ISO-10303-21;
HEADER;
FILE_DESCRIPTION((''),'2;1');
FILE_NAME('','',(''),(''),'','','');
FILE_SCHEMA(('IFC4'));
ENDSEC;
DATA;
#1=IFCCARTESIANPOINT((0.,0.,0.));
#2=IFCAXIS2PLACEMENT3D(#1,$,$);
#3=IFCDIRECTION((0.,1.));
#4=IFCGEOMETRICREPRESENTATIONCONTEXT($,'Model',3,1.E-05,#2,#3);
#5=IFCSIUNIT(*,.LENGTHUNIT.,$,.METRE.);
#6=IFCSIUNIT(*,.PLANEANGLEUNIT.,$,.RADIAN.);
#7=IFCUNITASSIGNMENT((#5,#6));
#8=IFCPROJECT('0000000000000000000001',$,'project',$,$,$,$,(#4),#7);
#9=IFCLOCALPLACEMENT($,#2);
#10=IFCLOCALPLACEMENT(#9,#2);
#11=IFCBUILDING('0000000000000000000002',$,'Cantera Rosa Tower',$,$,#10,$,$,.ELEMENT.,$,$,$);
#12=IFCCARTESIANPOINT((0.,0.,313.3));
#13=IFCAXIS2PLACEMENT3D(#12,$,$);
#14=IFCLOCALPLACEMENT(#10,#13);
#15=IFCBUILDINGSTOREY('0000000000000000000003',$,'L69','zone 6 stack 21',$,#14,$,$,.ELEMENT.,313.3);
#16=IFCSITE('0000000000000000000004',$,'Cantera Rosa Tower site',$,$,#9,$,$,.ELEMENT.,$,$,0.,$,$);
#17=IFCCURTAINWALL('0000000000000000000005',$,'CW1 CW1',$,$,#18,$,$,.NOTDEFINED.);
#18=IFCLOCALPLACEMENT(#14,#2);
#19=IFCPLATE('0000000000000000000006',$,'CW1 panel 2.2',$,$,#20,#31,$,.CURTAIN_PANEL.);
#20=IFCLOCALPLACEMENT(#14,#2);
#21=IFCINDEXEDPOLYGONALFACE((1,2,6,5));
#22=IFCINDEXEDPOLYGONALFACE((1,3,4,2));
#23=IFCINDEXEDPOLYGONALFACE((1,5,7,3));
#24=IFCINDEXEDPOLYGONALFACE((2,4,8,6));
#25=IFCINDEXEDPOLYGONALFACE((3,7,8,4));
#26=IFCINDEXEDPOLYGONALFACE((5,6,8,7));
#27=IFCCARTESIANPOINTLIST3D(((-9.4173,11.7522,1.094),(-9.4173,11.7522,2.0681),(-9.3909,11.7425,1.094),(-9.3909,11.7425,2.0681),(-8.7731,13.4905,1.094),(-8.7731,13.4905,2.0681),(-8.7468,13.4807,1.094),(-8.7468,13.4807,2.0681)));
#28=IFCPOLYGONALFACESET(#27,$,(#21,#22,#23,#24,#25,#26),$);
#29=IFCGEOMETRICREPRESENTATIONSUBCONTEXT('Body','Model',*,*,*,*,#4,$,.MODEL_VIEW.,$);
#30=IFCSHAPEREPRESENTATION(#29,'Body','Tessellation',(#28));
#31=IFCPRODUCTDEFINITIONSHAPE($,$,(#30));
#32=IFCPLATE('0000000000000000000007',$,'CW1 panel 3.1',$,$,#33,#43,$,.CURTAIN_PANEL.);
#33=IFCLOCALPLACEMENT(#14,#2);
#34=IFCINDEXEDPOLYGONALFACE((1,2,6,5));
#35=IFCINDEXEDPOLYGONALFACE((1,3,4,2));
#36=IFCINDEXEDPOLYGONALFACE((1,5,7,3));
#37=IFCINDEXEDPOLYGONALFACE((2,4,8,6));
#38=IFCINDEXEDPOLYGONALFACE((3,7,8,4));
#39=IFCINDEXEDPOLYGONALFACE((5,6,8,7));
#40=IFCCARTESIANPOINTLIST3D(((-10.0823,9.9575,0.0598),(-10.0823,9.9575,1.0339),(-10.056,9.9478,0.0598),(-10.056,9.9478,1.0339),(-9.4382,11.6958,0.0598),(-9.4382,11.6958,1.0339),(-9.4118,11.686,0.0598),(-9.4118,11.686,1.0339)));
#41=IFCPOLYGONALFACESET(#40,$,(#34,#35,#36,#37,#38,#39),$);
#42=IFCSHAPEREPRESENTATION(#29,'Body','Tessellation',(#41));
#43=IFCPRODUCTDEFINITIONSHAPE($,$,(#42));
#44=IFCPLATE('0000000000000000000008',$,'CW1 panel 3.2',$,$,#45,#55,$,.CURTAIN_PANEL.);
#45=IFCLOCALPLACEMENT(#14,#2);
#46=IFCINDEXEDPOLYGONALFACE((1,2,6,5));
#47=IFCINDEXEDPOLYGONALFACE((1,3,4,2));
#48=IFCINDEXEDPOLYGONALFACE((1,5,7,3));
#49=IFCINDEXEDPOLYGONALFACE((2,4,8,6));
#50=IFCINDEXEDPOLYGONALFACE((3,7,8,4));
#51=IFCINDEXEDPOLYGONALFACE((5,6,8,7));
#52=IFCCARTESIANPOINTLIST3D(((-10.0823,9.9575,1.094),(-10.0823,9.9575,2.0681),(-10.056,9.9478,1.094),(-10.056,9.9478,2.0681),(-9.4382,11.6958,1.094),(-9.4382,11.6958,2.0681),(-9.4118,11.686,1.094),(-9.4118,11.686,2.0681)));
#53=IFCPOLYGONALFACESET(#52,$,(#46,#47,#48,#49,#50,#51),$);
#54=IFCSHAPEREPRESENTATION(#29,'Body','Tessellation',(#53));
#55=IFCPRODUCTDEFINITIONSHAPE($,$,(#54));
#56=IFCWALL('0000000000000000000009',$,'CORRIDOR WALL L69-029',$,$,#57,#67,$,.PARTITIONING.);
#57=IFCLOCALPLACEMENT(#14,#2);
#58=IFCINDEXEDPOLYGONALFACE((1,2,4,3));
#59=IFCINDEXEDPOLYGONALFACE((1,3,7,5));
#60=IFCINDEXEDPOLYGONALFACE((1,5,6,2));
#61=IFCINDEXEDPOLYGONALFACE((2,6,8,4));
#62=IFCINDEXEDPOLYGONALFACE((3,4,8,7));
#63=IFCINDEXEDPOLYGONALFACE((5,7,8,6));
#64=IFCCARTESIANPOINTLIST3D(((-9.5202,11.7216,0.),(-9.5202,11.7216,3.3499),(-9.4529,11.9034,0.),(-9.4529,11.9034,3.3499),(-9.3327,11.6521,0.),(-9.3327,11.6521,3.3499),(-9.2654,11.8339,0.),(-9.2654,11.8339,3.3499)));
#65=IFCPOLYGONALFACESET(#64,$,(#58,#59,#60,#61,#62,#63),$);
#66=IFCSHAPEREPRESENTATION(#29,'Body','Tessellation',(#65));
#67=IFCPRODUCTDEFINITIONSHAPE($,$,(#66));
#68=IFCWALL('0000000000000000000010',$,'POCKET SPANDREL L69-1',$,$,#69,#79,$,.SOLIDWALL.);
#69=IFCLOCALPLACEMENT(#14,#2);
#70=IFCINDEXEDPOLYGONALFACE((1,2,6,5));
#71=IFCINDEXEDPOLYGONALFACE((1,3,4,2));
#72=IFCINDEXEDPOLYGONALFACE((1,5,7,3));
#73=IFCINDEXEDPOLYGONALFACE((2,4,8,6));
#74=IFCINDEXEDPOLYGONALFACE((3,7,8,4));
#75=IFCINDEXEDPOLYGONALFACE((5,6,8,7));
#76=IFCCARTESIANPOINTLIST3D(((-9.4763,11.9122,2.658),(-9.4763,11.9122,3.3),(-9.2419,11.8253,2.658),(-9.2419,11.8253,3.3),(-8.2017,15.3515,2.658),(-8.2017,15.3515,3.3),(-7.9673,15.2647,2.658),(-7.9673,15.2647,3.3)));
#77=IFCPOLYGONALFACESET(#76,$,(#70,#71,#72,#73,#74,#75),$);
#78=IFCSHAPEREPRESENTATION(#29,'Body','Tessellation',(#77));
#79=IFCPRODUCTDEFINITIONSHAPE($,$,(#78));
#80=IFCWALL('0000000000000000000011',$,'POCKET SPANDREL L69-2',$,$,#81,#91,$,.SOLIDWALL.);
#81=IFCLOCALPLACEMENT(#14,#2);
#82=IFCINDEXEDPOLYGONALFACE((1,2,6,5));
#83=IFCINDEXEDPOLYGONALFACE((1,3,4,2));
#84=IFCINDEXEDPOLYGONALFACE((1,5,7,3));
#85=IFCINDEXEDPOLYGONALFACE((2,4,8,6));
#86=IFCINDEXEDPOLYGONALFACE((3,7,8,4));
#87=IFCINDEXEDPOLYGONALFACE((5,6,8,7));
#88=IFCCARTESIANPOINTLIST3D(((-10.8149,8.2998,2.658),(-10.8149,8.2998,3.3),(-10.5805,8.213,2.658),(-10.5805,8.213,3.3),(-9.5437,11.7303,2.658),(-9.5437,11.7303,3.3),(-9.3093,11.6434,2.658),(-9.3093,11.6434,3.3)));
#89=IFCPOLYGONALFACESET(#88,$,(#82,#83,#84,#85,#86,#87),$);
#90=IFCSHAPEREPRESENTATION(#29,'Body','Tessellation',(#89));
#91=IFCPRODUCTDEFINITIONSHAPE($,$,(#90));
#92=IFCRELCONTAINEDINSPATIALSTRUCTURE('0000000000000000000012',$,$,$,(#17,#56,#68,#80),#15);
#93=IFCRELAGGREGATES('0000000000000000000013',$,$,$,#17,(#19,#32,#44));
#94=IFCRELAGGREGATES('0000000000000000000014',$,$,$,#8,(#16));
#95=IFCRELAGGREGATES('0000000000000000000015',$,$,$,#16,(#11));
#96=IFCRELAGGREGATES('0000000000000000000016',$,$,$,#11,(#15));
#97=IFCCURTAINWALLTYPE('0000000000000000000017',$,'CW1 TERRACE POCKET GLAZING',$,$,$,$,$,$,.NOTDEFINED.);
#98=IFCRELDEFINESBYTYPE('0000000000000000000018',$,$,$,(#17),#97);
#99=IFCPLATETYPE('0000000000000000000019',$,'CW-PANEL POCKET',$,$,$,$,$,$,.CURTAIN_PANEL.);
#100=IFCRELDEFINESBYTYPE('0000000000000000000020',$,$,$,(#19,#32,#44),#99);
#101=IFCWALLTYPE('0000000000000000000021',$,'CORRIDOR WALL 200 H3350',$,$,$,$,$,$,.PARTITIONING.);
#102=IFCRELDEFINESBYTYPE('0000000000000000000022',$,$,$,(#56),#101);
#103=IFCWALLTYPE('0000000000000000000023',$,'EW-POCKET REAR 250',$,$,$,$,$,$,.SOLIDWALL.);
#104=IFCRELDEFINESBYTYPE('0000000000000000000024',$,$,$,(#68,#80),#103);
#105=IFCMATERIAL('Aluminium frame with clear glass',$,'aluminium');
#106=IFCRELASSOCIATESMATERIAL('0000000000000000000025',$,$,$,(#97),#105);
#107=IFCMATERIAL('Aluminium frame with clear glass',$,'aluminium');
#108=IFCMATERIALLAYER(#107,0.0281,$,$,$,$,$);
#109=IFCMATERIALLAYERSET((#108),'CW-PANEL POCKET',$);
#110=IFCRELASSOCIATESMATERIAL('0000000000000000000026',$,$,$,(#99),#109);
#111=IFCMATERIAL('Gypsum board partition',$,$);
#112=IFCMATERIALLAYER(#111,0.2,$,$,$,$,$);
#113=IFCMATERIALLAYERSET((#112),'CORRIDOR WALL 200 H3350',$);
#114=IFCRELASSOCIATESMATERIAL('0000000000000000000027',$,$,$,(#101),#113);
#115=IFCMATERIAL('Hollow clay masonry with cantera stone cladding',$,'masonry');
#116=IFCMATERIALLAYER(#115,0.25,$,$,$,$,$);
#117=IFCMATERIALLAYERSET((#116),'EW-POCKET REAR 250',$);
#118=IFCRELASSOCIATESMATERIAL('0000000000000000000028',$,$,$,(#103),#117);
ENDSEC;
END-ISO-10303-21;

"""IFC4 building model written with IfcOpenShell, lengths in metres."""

from ifc_helpers import new_model, si_unit, direction, frame, frame_2d, origin, origin_2d, place, context, subcontext, project, spatial, rectangle, extrude, material, layer, layer_set, type_object, element, aggregate, save


model = new_model("IFC4")

# Units and contexts
model_context = context("Model", 3, precision=1e-05, world=origin(), true_north=direction((0.0, 1.0)))
body_context = subcontext(model_context, "Body", "Model", "MODEL_VIEW")
ifc_project = project(units=[si_unit("LENGTHUNIT", "METRE"), si_unit("PLANEANGLEUNIT", "RADIAN")], contexts=[model_context])

# Site, building, storey
site_placement = place(None, origin())
site = spatial("IfcSite", under=ifc_project, at=site_placement, Name="Cantera Rosa Tower site", CompositionType="ELEMENT", RefElevation=0.0)
building_placement = place(site_placement, origin())
building = spatial("IfcBuilding", under=site, at=building_placement, Name="Cantera Rosa Tower", CompositionType="ELEMENT")
storey_placement = place(building_placement, frame((0.0, 0.0, 313.3)))
storey = spatial("IfcBuildingStorey", under=building, at=storey_placement, Name="L69", Description="zone 6 stack 21", CompositionType="ELEMENT", Elevation=313.3)

# Curtain wall
ifc_material_1 = material(Name="Aluminium frame with clear glass", Category="aluminium")
curtain_wall_type = type_object("IfcCurtainWallType", Name="CW1 TERRACE POCKET GLAZING", PredefinedType="NOTDEFINED", material=ifc_material_1)
curtain_wall_placement = place(storey_placement, origin())
curtain_wall = element("IfcCurtainWall", 1, at=curtain_wall_placement, inside=storey, type_object=curtain_wall_type, Name="CW1 CW1", PredefinedType="NOTDEFINED")

# Plates
ifc_material_2 = material(Name="Aluminium frame with clear glass", Category="aluminium")
ifc_layer_1 = layer(ifc_material_2, 0.0281)
ifc_layer_set_1 = layer_set([ifc_layer_1], Name="CW-PANEL POCKET")
plate_type = type_object("IfcPlateType", Name="CW-PANEL POCKET", PredefinedType="CURTAIN_PANEL", material=ifc_layer_set_1)
plate_1_placement = place(storey_placement, frame((-9.082, 12.6165, 1.094), z_axis=(0.0, 0.0, 1.0), x_axis=(-0.347481, -0.937687, 0.0)))
plate_1 = element("IfcPlate", 2, at=plate_1_placement, type_object=plate_type, Name="CW1 panel 2.2", PredefinedType="CURTAIN_PANEL", context=body_context, shape_type="SweptSolid", body=[
    extrude(rectangle(XDim=1.8538, YDim=0.0281, at=origin_2d()), origin(), (0.0, 0.0, 1.0), 0.9741),
])
plate_2_placement = place(storey_placement, frame((-9.7471, 10.8218, 0.0598), z_axis=(0.0, 0.0, 1.0), x_axis=(-0.347481, -0.937687, 0.0)))
plate_2 = element("IfcPlate", 3, at=plate_2_placement, type_object=plate_type, Name="CW1 panel 3.1", PredefinedType="CURTAIN_PANEL", context=body_context, shape_type="SweptSolid", body=[
    extrude(rectangle(XDim=1.8538, YDim=0.0281, at=origin_2d()), origin(), (0.0, 0.0, 1.0), 0.9741),
])
plate_3_placement = place(storey_placement, frame((-9.7471, 10.8218, 1.094), z_axis=(0.0, 0.0, 1.0), x_axis=(-0.347481, -0.937687, 0.0)))
plate_3 = element("IfcPlate", 4, at=plate_3_placement, type_object=plate_type, Name="CW1 panel 3.2", PredefinedType="CURTAIN_PANEL", context=body_context, shape_type="SweptSolid", body=[
    extrude(rectangle(XDim=1.8538, YDim=0.0281, at=origin_2d()), origin(), (0.0, 0.0, 1.0), 0.9741),
])
aggregate(curtain_wall, [plate_1, plate_2, plate_3])

# Walls
ifc_material_3 = material(Name="Gypsum board partition")
ifc_layer_2 = layer(ifc_material_3, 0.2)
ifc_layer_set_2 = layer_set([ifc_layer_2], Name="CORRIDOR WALL 200 H3350")
wall_type_1 = type_object("IfcWallType", Name="CORRIDOR WALL 200 H3350", PredefinedType="PARTITIONING", material=ifc_layer_set_2)
wall_1_placement = place(storey_placement, frame((-9.3591, 11.8687, 0.0), z_axis=(0.0, 0.0, 1.0), x_axis=(-0.347396, -0.937718, 0.0)))
element("IfcWall", 5, at=wall_1_placement, inside=storey, type_object=wall_type_1, Name="CORRIDOR WALL L69-029", PredefinedType="PARTITIONING", context=body_context, shape_type="SweptSolid", body=[
    extrude(rectangle(XDim=0.1938, YDim=0.2, at=frame_2d((0.0969, 0.0))), origin(), (0.0, 0.0, 1.0), 3.3499),
])
ifc_material_4 = material(Name="Hollow clay masonry with cantera stone cladding", Category="masonry")
ifc_layer_3 = layer(ifc_material_4, 0.25)
ifc_layer_set_3 = layer_set([ifc_layer_3], Name="EW-POCKET REAR 250")
wall_type_2 = type_object("IfcWallType", Name="EW-POCKET REAR 250", PredefinedType="SOLIDWALL", material=ifc_layer_set_3)
wall_2_placement = place(storey_placement, frame((-8.0845, 15.3081, 2.658), z_axis=(0.0, 0.0, 1.0), x_axis=(-0.347503, -0.937679, 0.0)))
element("IfcWall", 6, at=wall_2_placement, inside=storey, type_object=wall_type_2, Name="POCKET SPANDREL L69-1", PredefinedType="SOLIDWALL", context=body_context, shape_type="SweptSolid", body=[
    extrude(rectangle(XDim=3.668, YDim=0.25, at=frame_2d((1.834, 0.0))), origin(), (0.0, 0.0, 1.0), 0.6421),
])
wall_3_placement = place(storey_placement, frame((-9.4265, 11.6868, 2.658), z_axis=(0.0, 0.0, 1.0), x_axis=(-0.347486, -0.937685, 0.0)))
element("IfcWall", 7, at=wall_3_placement, inside=storey, type_object=wall_type_2, Name="POCKET SPANDREL L69-2", PredefinedType="SOLIDWALL", context=body_context, shape_type="SweptSolid", body=[
    extrude(rectangle(XDim=3.6584, YDim=0.25, at=frame_2d((1.8291, 0.0))), origin(), (0.0, 0.0, 1.0), 0.6421),
])

save(model, "model.ifc")
